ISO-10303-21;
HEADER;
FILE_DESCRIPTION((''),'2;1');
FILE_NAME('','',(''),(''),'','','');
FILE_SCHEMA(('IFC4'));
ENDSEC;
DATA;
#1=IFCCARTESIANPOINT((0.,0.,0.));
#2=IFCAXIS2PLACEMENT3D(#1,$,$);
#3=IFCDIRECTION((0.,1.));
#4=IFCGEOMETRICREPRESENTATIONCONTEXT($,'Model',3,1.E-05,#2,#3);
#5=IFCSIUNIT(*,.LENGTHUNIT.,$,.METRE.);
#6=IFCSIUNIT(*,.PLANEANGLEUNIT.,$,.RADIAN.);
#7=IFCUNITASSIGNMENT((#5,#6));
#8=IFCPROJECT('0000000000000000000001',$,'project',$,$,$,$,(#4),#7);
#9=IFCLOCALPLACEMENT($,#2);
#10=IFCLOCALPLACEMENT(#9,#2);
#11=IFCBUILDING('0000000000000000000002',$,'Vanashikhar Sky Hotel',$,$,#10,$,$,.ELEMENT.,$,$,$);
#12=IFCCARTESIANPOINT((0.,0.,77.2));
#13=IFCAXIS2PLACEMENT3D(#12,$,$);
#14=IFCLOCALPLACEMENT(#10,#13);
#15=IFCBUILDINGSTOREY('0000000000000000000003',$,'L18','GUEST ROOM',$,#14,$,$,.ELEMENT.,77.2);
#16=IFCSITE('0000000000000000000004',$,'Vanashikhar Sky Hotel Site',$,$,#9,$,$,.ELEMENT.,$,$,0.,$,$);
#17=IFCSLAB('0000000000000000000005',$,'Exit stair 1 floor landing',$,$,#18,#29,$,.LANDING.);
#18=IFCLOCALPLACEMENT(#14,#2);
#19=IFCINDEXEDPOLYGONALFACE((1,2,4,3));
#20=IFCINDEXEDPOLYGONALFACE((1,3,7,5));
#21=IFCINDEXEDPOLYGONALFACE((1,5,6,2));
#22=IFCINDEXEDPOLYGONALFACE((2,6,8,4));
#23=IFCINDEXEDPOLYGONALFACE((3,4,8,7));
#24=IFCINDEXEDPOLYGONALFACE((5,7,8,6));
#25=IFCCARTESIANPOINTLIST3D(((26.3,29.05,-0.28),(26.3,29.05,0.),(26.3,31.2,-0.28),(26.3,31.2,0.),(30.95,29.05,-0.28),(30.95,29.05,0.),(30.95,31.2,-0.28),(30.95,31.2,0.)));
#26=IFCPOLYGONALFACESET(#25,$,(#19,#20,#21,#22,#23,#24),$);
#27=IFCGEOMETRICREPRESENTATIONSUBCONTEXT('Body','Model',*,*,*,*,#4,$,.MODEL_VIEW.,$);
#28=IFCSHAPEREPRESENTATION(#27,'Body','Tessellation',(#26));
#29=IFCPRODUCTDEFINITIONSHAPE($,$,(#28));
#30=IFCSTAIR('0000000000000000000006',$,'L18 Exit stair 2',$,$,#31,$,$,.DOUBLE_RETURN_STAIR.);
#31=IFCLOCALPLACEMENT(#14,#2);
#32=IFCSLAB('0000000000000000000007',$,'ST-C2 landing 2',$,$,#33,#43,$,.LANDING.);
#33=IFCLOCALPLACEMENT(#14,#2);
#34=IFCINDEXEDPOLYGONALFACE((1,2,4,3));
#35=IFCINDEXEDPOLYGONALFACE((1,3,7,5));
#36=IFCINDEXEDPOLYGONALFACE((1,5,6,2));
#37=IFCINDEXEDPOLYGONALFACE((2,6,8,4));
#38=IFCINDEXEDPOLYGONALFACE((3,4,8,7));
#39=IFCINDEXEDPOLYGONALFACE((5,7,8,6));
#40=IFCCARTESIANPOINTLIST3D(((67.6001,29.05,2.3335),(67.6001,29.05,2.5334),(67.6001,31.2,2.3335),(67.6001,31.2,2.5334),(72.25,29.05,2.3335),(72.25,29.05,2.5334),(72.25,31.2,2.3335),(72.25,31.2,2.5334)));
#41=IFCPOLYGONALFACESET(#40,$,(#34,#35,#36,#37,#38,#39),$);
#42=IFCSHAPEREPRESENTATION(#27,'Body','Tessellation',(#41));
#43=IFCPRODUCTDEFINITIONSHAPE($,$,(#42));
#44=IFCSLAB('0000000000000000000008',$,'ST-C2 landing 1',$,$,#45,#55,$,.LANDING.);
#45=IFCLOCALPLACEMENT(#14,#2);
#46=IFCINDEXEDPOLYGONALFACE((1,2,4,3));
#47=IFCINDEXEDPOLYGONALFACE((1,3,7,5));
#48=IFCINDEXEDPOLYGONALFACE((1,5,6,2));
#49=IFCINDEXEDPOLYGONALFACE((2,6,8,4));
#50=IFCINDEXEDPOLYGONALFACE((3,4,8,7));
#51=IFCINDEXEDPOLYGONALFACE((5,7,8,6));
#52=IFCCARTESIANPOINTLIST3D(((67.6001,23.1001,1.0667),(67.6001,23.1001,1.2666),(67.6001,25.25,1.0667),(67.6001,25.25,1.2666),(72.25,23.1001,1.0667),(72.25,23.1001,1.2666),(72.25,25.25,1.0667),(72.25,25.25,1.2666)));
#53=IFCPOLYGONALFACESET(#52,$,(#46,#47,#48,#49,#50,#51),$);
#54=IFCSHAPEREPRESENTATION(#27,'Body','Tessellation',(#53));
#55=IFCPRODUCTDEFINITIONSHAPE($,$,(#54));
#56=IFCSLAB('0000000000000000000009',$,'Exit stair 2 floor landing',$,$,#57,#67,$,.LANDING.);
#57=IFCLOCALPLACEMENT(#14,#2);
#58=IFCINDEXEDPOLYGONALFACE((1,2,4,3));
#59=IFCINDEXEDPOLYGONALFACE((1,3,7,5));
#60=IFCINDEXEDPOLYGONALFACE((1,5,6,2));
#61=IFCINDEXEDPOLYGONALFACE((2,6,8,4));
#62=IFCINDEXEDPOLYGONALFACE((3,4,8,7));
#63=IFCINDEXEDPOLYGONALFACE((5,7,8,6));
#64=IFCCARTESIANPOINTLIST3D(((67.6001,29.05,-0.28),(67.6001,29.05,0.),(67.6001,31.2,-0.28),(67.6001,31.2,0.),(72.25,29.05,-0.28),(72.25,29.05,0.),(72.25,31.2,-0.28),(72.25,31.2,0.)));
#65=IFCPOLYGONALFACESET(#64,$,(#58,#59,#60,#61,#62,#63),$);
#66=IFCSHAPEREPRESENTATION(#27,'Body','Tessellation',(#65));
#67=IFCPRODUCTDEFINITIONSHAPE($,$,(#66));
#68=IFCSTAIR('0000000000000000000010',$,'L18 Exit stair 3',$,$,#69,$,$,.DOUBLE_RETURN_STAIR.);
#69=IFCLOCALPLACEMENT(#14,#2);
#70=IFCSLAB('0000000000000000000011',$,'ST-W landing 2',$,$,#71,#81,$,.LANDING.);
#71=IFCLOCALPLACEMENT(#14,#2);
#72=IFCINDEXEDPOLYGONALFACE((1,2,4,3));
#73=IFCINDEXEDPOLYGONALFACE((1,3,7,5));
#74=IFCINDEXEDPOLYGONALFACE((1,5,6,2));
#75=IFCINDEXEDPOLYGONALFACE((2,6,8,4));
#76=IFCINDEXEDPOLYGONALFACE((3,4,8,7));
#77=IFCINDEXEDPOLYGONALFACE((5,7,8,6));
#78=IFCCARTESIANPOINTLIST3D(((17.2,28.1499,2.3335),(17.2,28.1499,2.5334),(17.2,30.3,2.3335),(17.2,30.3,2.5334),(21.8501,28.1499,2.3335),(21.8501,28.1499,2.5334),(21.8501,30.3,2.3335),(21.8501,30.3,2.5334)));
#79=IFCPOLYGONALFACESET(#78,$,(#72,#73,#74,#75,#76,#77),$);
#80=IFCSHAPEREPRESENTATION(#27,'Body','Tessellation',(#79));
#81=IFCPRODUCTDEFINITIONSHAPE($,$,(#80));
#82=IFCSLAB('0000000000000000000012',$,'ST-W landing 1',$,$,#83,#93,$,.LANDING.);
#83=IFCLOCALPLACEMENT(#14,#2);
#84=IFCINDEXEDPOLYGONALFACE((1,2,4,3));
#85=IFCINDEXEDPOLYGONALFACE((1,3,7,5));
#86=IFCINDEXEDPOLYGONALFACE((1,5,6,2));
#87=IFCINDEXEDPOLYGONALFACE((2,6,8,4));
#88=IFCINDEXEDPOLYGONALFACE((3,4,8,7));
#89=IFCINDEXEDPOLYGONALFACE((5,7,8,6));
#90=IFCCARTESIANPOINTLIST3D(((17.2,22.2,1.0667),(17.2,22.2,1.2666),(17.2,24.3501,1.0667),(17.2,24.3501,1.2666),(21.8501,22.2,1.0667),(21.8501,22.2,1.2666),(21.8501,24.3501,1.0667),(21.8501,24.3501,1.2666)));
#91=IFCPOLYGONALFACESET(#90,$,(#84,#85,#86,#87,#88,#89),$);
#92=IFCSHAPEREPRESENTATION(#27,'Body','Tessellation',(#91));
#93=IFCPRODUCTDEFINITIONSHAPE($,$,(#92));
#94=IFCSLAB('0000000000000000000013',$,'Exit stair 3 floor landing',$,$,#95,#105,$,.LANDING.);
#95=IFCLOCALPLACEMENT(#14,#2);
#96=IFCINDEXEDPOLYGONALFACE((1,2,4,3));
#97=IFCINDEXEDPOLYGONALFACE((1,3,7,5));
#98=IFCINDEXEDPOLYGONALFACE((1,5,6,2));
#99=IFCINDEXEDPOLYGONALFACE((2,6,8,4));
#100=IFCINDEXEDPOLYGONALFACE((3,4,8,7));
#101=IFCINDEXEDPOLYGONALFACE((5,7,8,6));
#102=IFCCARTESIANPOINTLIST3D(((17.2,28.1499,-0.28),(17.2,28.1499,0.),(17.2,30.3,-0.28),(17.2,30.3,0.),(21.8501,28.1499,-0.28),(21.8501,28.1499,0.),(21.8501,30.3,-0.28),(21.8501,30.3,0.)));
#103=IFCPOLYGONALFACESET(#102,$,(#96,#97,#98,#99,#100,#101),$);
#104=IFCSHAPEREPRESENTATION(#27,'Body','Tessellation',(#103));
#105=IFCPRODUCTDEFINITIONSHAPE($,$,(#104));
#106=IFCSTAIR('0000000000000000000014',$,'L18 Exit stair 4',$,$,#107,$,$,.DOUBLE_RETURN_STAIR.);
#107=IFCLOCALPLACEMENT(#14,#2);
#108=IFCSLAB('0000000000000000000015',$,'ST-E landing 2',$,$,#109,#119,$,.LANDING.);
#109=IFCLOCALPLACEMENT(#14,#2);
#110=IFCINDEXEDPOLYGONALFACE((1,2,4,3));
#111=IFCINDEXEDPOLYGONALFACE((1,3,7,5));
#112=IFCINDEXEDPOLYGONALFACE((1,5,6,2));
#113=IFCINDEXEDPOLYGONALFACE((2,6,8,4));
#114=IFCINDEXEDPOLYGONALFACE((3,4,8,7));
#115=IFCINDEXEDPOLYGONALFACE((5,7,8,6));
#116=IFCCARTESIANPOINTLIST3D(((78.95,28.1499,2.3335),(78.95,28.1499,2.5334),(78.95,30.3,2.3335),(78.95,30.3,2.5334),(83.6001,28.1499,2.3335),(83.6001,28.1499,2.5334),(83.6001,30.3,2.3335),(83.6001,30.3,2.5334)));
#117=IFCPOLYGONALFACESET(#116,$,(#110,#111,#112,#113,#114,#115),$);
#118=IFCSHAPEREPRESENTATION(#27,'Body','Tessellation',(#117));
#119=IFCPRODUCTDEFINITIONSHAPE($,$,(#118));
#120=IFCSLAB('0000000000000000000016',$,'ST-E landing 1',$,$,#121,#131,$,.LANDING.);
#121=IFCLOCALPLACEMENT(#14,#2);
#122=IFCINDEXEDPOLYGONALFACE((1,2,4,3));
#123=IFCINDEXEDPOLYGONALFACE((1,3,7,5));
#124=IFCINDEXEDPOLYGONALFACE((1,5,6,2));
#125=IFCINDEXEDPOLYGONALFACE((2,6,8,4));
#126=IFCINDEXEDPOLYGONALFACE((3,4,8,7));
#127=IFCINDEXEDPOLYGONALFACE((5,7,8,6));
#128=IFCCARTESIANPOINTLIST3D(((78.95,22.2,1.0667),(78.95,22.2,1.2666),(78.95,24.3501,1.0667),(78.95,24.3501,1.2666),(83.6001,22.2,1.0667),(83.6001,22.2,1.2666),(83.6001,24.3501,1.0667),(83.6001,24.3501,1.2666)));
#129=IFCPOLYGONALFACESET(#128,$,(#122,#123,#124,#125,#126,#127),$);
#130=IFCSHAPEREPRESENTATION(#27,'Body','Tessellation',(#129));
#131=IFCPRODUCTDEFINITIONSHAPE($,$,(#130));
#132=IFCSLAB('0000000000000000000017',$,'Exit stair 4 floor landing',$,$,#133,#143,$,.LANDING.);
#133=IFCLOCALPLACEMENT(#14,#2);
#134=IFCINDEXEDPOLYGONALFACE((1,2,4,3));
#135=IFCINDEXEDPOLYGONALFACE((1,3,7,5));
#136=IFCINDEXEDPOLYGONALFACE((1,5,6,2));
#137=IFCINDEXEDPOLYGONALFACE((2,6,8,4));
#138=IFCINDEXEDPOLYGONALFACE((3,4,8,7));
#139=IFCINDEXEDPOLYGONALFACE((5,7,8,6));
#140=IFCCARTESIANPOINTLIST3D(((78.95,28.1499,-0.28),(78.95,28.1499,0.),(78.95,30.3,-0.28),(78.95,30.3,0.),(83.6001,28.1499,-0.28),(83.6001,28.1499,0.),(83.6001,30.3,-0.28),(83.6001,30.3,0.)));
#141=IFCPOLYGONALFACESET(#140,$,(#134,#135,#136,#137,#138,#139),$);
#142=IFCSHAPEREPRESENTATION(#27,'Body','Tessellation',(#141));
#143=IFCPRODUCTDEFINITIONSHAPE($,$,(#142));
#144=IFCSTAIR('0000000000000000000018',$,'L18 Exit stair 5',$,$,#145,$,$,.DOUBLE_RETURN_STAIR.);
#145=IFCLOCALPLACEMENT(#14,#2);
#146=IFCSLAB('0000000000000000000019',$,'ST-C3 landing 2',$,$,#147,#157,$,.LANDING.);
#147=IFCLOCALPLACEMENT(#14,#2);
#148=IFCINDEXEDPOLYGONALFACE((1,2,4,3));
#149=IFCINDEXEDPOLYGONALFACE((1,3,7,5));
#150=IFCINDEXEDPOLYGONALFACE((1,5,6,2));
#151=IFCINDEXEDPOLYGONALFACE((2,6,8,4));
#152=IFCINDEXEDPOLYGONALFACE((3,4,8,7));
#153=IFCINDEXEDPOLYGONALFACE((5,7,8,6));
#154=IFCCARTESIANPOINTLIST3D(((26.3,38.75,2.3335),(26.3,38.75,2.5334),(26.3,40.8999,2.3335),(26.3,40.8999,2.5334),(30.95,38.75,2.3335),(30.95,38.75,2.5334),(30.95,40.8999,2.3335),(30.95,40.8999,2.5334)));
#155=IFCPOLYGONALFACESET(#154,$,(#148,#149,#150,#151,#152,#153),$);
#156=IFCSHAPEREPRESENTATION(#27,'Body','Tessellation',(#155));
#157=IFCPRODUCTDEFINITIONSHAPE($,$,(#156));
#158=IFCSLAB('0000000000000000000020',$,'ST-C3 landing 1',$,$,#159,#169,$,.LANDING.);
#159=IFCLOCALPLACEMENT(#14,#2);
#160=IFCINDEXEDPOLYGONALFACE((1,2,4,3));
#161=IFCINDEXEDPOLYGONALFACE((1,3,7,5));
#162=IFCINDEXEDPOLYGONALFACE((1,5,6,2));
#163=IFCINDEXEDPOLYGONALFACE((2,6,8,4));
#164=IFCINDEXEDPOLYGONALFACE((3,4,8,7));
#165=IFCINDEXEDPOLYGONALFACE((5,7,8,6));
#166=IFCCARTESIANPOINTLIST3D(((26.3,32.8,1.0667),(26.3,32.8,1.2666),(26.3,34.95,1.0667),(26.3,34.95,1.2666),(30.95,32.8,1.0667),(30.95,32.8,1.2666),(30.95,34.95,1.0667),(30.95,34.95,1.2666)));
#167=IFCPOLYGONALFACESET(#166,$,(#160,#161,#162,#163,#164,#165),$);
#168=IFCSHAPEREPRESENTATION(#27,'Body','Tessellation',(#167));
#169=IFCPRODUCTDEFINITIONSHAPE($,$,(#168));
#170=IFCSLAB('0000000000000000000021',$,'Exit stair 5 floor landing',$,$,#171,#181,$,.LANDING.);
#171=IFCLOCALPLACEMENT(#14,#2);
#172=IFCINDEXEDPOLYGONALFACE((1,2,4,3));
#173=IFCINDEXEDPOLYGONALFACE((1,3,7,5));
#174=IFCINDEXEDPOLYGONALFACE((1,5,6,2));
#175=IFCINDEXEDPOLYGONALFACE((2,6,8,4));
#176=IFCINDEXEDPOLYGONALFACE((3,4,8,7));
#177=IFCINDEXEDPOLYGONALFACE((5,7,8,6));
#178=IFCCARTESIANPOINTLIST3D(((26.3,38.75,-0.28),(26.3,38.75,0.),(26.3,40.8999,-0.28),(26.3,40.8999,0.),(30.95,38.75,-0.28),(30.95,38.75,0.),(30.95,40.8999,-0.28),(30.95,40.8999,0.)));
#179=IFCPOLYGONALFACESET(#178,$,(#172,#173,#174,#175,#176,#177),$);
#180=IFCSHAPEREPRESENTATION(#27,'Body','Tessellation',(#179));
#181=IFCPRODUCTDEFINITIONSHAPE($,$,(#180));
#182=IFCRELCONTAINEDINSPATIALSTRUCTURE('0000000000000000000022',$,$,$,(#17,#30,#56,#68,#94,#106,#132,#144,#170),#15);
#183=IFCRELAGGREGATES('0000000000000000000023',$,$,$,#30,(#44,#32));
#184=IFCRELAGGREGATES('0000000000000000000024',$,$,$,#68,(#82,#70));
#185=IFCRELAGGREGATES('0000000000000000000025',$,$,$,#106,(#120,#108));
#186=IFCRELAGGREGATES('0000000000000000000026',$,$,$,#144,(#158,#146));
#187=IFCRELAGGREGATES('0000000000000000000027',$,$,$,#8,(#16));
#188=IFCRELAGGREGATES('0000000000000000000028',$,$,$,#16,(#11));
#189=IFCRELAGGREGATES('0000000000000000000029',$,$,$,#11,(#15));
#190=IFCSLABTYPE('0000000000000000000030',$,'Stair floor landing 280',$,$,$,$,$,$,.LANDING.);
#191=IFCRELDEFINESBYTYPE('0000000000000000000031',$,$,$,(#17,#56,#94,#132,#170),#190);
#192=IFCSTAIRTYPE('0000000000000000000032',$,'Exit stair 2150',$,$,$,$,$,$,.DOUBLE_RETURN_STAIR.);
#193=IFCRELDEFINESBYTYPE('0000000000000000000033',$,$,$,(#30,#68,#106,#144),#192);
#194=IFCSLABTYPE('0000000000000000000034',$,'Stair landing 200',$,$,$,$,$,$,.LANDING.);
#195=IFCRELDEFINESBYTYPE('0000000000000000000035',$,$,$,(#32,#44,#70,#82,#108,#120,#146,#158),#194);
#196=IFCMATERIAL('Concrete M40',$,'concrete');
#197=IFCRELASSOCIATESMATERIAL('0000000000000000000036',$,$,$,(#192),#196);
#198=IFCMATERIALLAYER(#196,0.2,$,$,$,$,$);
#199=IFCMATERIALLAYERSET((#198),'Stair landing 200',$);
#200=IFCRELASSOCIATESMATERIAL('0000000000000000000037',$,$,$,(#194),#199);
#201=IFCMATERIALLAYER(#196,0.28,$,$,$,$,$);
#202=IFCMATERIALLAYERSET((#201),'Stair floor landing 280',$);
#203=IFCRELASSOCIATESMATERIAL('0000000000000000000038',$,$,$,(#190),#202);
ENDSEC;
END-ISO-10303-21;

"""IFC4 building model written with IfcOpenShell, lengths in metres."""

from ifc_helpers import new_model, si_unit, direction, frame, origin, place, context, subcontext, project, spatial, polyline, outline, extrude, source, transform, mapped, material, layer, layer_set, type_object, element, aggregate, save


model = new_model("IFC4")

# Units and contexts
model_context = context("Model", 3, precision=1e-05, world=origin(), true_north=direction((0.0, 1.0)))
body_context = subcontext(model_context, "Body", "Model", "MODEL_VIEW")
ifc_project = project(units=[si_unit("LENGTHUNIT", "METRE"), si_unit("PLANEANGLEUNIT", "RADIAN")], contexts=[model_context])

# Site, building, storey
site_placement = place(None, origin())
site = spatial("IfcSite", under=ifc_project, at=site_placement, Name="Vanashikhar Sky Hotel Site", CompositionType="ELEMENT", RefElevation=0.0)
building_placement = place(site_placement, origin())
building = spatial("IfcBuilding", under=site, at=building_placement, Name="Vanashikhar Sky Hotel", CompositionType="ELEMENT")
storey_placement = place(building_placement, frame((0.0, 0.0, 77.2)))
storey = spatial("IfcBuildingStorey", under=building, at=storey_placement, Name="L18", Description="GUEST ROOM", CompositionType="ELEMENT", Elevation=77.2)

# Shared definitions
ifc_material_1 = material(Name="Concrete M40", Category="concrete")

# Shared definitions
stair_type = type_object("IfcStairType", Name="Exit stair 2150", PredefinedType="DOUBLE_RETURN_STAIR", material=ifc_material_1)
ifc_layer_1 = layer(ifc_material_1, 0.2)
ifc_layer_set_1 = layer_set([ifc_layer_1], Name="Stair landing 200")
slab_type_1 = type_object("IfcSlabType", Name="Stair landing 200", PredefinedType="LANDING", material=ifc_layer_set_1)

# Slab
ifc_layer_2 = layer(ifc_material_1, 0.28)
ifc_layer_set_2 = layer_set([ifc_layer_2], Name="Stair floor landing 280")
slab_type_2 = type_object("IfcSlabType", Name="Stair floor landing 280", PredefinedType="LANDING", material=ifc_layer_set_2)
shared_shape_1 = source(origin(), body_context, "Body", "SweptSolid", [
    extrude(outline(polyline([(30.95, 29.05), (30.95, 31.2), (26.3, 31.2), (26.3, 29.05), (30.95, 29.05)])), origin(), (0.0, 0.0, 1.0), 0.28),
])
slab_1_placement = place(storey_placement, frame((0.0, 0.0, -0.28)))
element("IfcSlab", 1, at=slab_1_placement, inside=storey, type_object=slab_type_2, Name="Exit stair 1 floor landing", PredefinedType="LANDING", context=body_context, shape_type="MappedRepresentation", body=[
    mapped(shared_shape_1, transform((0.0, 0.0, 0.0), scale=1.0)),
])

# Stair, slabs
stair_1_placement = place(storey_placement, origin())
stair_1 = element("IfcStair", 2, at=stair_1_placement, inside=storey, type_object=stair_type, Name="L18 Exit stair 2", PredefinedType="DOUBLE_RETURN_STAIR")
shared_shape_2 = source(origin(), body_context, "Body", "SweptSolid", [
    extrude(outline(polyline([(72.25, 29.05), (72.25, 31.2), (67.6001, 31.2), (67.6001, 29.05), (72.25, 29.05)])), origin(), (0.0, 0.0, 1.0), 0.2),
])
slab_2_placement = place(storey_placement, frame((0.0, 0.0, 2.3335)))
slab_2 = element("IfcSlab", 3, at=slab_2_placement, type_object=slab_type_1, Name="ST-C2 landing 2", PredefinedType="LANDING", context=body_context, shape_type="MappedRepresentation", body=[
    mapped(shared_shape_2, transform((0.0, 0.0, 0.0), scale=1.0)),
])
shared_shape_3 = source(origin(), body_context, "Body", "SweptSolid", [
    extrude(outline(polyline([(72.25, 23.1001), (72.25, 25.25), (67.6001, 25.25), (67.6001, 23.1001), (72.25, 23.1001)])), origin(), (0.0, 0.0, 1.0), 0.2),
])
slab_3_placement = place(storey_placement, frame((0.0, 0.0, 1.0667)))
slab_3 = element("IfcSlab", 4, at=slab_3_placement, type_object=slab_type_1, Name="ST-C2 landing 1", PredefinedType="LANDING", context=body_context, shape_type="MappedRepresentation", body=[
    mapped(shared_shape_3, transform((0.0, 0.0, 0.0), scale=1.0)),
])
aggregate(stair_1, [slab_3, slab_2])

# Slab
shared_shape_4 = source(origin(), body_context, "Body", "SweptSolid", [
    extrude(outline(polyline([(72.25, 29.05), (72.25, 31.2), (67.6001, 31.2), (67.6001, 29.05), (72.25, 29.05)])), origin(), (0.0, 0.0, 1.0), 0.28),
])
slab_4_placement = place(storey_placement, frame((0.0, 0.0, -0.28)))
element("IfcSlab", 5, at=slab_4_placement, inside=storey, type_object=slab_type_2, Name="Exit stair 2 floor landing", PredefinedType="LANDING", context=body_context, shape_type="MappedRepresentation", body=[
    mapped(shared_shape_4, transform((0.0, 0.0, 0.0), scale=1.0)),
])

# Stair, slabs
stair_2_placement = place(storey_placement, origin())
stair_2 = element("IfcStair", 6, at=stair_2_placement, inside=storey, type_object=stair_type, Name="L18 Exit stair 3", PredefinedType="DOUBLE_RETURN_STAIR")
shared_shape_5 = source(origin(), body_context, "Body", "SweptSolid", [
    extrude(outline(polyline([(21.8501, 28.1499), (21.8501, 30.3), (17.2, 30.3), (17.2, 28.1499), (21.8501, 28.1499)])), origin(), (0.0, 0.0, 1.0), 0.2),
])
slab_5_placement = place(storey_placement, frame((0.0, 0.0, 2.3335)))
slab_5 = element("IfcSlab", 7, at=slab_5_placement, type_object=slab_type_1, Name="ST-W landing 2", PredefinedType="LANDING", context=body_context, shape_type="MappedRepresentation", body=[
    mapped(shared_shape_5, transform((0.0, 0.0, 0.0), scale=1.0)),
])
shared_shape_6 = source(origin(), body_context, "Body", "SweptSolid", [
    extrude(outline(polyline([(21.8501, 22.2), (21.8501, 24.3501), (17.2, 24.3501), (17.2, 22.2), (21.8501, 22.2)])), origin(), (0.0, 0.0, 1.0), 0.2),
])
slab_6_placement = place(storey_placement, frame((0.0, 0.0, 1.0667)))
slab_6 = element("IfcSlab", 8, at=slab_6_placement, type_object=slab_type_1, Name="ST-W landing 1", PredefinedType="LANDING", context=body_context, shape_type="MappedRepresentation", body=[
    mapped(shared_shape_6, transform((0.0, 0.0, 0.0), scale=1.0)),
])
aggregate(stair_2, [slab_6, slab_5])

# Slab
shared_shape_7 = source(origin(), body_context, "Body", "SweptSolid", [
    extrude(outline(polyline([(21.8501, 28.1499), (21.8501, 30.3), (17.2, 30.3), (17.2, 28.1499), (21.8501, 28.1499)])), origin(), (0.0, 0.0, 1.0), 0.28),
])
slab_7_placement = place(storey_placement, frame((0.0, 0.0, -0.28)))
element("IfcSlab", 9, at=slab_7_placement, inside=storey, type_object=slab_type_2, Name="Exit stair 3 floor landing", PredefinedType="LANDING", context=body_context, shape_type="MappedRepresentation", body=[
    mapped(shared_shape_7, transform((0.0, 0.0, 0.0), scale=1.0)),
])

# Stair, slabs
stair_3_placement = place(storey_placement, origin())
stair_3 = element("IfcStair", 10, at=stair_3_placement, inside=storey, type_object=stair_type, Name="L18 Exit stair 4", PredefinedType="DOUBLE_RETURN_STAIR")
shared_shape_8 = source(origin(), body_context, "Body", "SweptSolid", [
    extrude(outline(polyline([(83.6001, 28.1499), (83.6001, 30.3), (78.95, 30.3), (78.95, 28.1499), (83.6001, 28.1499)])), origin(), (0.0, 0.0, 1.0), 0.2),
])
slab_8_placement = place(storey_placement, frame((0.0, 0.0, 2.3335)))
slab_8 = element("IfcSlab", 11, at=slab_8_placement, type_object=slab_type_1, Name="ST-E landing 2", PredefinedType="LANDING", context=body_context, shape_type="MappedRepresentation", body=[
    mapped(shared_shape_8, transform((0.0, 0.0, 0.0), scale=1.0)),
])
shared_shape_9 = source(origin(), body_context, "Body", "SweptSolid", [
    extrude(outline(polyline([(83.6001, 22.2), (83.6001, 24.3501), (78.95, 24.3501), (78.95, 22.2), (83.6001, 22.2)])), origin(), (0.0, 0.0, 1.0), 0.2),
])
slab_9_placement = place(storey_placement, frame((0.0, 0.0, 1.0667)))
slab_9 = element("IfcSlab", 12, at=slab_9_placement, type_object=slab_type_1, Name="ST-E landing 1", PredefinedType="LANDING", context=body_context, shape_type="MappedRepresentation", body=[
    mapped(shared_shape_9, transform((0.0, 0.0, 0.0), scale=1.0)),
])
aggregate(stair_3, [slab_9, slab_8])

# Slab
shared_shape_10 = source(origin(), body_context, "Body", "SweptSolid", [
    extrude(outline(polyline([(83.6001, 28.1499), (83.6001, 30.3), (78.95, 30.3), (78.95, 28.1499), (83.6001, 28.1499)])), origin(), (0.0, 0.0, 1.0), 0.28),
])
slab_10_placement = place(storey_placement, frame((0.0, 0.0, -0.28)))
element("IfcSlab", 13, at=slab_10_placement, inside=storey, type_object=slab_type_2, Name="Exit stair 4 floor landing", PredefinedType="LANDING", context=body_context, shape_type="MappedRepresentation", body=[
    mapped(shared_shape_10, transform((0.0, 0.0, 0.0), scale=1.0)),
])

# Stair, slabs
stair_4_placement = place(storey_placement, origin())
stair_4 = element("IfcStair", 14, at=stair_4_placement, inside=storey, type_object=stair_type, Name="L18 Exit stair 5", PredefinedType="DOUBLE_RETURN_STAIR")
shared_shape_11 = source(origin(), body_context, "Body", "SweptSolid", [
    extrude(outline(polyline([(30.95, 38.75), (30.95, 40.8999), (26.3, 40.8999), (26.3, 38.75), (30.95, 38.75)])), origin(), (0.0, 0.0, 1.0), 0.2),
])
slab_11_placement = place(storey_placement, frame((0.0, 0.0, 2.3335)))
slab_11 = element("IfcSlab", 15, at=slab_11_placement, type_object=slab_type_1, Name="ST-C3 landing 2", PredefinedType="LANDING", context=body_context, shape_type="MappedRepresentation", body=[
    mapped(shared_shape_11, transform((0.0, 0.0, 0.0), scale=1.0)),
])
shared_shape_12 = source(origin(), body_context, "Body", "SweptSolid", [
    extrude(outline(polyline([(30.95, 32.8), (30.95, 34.95), (26.3, 34.95), (26.3, 32.8), (30.95, 32.8)])), origin(), (0.0, 0.0, 1.0), 0.2),
])
slab_12_placement = place(storey_placement, frame((0.0, 0.0, 1.0667)))
slab_12 = element("IfcSlab", 16, at=slab_12_placement, type_object=slab_type_1, Name="ST-C3 landing 1", PredefinedType="LANDING", context=body_context, shape_type="MappedRepresentation", body=[
    mapped(shared_shape_12, transform((0.0, 0.0, 0.0), scale=1.0)),
])
aggregate(stair_4, [slab_12, slab_11])

# Slab
shared_shape_13 = source(origin(), body_context, "Body", "SweptSolid", [
    extrude(outline(polyline([(30.95, 38.75), (30.95, 40.8999), (26.3, 40.8999), (26.3, 38.75), (30.95, 38.75)])), origin(), (0.0, 0.0, 1.0), 0.28),
])
slab_13_placement = place(storey_placement, frame((0.0, 0.0, -0.28)))
element("IfcSlab", 17, at=slab_13_placement, inside=storey, type_object=slab_type_2, Name="Exit stair 5 floor landing", PredefinedType="LANDING", context=body_context, shape_type="MappedRepresentation", body=[
    mapped(shared_shape_13, transform((0.0, 0.0, 0.0), scale=1.0)),
])

save(model, "model.ifc")
